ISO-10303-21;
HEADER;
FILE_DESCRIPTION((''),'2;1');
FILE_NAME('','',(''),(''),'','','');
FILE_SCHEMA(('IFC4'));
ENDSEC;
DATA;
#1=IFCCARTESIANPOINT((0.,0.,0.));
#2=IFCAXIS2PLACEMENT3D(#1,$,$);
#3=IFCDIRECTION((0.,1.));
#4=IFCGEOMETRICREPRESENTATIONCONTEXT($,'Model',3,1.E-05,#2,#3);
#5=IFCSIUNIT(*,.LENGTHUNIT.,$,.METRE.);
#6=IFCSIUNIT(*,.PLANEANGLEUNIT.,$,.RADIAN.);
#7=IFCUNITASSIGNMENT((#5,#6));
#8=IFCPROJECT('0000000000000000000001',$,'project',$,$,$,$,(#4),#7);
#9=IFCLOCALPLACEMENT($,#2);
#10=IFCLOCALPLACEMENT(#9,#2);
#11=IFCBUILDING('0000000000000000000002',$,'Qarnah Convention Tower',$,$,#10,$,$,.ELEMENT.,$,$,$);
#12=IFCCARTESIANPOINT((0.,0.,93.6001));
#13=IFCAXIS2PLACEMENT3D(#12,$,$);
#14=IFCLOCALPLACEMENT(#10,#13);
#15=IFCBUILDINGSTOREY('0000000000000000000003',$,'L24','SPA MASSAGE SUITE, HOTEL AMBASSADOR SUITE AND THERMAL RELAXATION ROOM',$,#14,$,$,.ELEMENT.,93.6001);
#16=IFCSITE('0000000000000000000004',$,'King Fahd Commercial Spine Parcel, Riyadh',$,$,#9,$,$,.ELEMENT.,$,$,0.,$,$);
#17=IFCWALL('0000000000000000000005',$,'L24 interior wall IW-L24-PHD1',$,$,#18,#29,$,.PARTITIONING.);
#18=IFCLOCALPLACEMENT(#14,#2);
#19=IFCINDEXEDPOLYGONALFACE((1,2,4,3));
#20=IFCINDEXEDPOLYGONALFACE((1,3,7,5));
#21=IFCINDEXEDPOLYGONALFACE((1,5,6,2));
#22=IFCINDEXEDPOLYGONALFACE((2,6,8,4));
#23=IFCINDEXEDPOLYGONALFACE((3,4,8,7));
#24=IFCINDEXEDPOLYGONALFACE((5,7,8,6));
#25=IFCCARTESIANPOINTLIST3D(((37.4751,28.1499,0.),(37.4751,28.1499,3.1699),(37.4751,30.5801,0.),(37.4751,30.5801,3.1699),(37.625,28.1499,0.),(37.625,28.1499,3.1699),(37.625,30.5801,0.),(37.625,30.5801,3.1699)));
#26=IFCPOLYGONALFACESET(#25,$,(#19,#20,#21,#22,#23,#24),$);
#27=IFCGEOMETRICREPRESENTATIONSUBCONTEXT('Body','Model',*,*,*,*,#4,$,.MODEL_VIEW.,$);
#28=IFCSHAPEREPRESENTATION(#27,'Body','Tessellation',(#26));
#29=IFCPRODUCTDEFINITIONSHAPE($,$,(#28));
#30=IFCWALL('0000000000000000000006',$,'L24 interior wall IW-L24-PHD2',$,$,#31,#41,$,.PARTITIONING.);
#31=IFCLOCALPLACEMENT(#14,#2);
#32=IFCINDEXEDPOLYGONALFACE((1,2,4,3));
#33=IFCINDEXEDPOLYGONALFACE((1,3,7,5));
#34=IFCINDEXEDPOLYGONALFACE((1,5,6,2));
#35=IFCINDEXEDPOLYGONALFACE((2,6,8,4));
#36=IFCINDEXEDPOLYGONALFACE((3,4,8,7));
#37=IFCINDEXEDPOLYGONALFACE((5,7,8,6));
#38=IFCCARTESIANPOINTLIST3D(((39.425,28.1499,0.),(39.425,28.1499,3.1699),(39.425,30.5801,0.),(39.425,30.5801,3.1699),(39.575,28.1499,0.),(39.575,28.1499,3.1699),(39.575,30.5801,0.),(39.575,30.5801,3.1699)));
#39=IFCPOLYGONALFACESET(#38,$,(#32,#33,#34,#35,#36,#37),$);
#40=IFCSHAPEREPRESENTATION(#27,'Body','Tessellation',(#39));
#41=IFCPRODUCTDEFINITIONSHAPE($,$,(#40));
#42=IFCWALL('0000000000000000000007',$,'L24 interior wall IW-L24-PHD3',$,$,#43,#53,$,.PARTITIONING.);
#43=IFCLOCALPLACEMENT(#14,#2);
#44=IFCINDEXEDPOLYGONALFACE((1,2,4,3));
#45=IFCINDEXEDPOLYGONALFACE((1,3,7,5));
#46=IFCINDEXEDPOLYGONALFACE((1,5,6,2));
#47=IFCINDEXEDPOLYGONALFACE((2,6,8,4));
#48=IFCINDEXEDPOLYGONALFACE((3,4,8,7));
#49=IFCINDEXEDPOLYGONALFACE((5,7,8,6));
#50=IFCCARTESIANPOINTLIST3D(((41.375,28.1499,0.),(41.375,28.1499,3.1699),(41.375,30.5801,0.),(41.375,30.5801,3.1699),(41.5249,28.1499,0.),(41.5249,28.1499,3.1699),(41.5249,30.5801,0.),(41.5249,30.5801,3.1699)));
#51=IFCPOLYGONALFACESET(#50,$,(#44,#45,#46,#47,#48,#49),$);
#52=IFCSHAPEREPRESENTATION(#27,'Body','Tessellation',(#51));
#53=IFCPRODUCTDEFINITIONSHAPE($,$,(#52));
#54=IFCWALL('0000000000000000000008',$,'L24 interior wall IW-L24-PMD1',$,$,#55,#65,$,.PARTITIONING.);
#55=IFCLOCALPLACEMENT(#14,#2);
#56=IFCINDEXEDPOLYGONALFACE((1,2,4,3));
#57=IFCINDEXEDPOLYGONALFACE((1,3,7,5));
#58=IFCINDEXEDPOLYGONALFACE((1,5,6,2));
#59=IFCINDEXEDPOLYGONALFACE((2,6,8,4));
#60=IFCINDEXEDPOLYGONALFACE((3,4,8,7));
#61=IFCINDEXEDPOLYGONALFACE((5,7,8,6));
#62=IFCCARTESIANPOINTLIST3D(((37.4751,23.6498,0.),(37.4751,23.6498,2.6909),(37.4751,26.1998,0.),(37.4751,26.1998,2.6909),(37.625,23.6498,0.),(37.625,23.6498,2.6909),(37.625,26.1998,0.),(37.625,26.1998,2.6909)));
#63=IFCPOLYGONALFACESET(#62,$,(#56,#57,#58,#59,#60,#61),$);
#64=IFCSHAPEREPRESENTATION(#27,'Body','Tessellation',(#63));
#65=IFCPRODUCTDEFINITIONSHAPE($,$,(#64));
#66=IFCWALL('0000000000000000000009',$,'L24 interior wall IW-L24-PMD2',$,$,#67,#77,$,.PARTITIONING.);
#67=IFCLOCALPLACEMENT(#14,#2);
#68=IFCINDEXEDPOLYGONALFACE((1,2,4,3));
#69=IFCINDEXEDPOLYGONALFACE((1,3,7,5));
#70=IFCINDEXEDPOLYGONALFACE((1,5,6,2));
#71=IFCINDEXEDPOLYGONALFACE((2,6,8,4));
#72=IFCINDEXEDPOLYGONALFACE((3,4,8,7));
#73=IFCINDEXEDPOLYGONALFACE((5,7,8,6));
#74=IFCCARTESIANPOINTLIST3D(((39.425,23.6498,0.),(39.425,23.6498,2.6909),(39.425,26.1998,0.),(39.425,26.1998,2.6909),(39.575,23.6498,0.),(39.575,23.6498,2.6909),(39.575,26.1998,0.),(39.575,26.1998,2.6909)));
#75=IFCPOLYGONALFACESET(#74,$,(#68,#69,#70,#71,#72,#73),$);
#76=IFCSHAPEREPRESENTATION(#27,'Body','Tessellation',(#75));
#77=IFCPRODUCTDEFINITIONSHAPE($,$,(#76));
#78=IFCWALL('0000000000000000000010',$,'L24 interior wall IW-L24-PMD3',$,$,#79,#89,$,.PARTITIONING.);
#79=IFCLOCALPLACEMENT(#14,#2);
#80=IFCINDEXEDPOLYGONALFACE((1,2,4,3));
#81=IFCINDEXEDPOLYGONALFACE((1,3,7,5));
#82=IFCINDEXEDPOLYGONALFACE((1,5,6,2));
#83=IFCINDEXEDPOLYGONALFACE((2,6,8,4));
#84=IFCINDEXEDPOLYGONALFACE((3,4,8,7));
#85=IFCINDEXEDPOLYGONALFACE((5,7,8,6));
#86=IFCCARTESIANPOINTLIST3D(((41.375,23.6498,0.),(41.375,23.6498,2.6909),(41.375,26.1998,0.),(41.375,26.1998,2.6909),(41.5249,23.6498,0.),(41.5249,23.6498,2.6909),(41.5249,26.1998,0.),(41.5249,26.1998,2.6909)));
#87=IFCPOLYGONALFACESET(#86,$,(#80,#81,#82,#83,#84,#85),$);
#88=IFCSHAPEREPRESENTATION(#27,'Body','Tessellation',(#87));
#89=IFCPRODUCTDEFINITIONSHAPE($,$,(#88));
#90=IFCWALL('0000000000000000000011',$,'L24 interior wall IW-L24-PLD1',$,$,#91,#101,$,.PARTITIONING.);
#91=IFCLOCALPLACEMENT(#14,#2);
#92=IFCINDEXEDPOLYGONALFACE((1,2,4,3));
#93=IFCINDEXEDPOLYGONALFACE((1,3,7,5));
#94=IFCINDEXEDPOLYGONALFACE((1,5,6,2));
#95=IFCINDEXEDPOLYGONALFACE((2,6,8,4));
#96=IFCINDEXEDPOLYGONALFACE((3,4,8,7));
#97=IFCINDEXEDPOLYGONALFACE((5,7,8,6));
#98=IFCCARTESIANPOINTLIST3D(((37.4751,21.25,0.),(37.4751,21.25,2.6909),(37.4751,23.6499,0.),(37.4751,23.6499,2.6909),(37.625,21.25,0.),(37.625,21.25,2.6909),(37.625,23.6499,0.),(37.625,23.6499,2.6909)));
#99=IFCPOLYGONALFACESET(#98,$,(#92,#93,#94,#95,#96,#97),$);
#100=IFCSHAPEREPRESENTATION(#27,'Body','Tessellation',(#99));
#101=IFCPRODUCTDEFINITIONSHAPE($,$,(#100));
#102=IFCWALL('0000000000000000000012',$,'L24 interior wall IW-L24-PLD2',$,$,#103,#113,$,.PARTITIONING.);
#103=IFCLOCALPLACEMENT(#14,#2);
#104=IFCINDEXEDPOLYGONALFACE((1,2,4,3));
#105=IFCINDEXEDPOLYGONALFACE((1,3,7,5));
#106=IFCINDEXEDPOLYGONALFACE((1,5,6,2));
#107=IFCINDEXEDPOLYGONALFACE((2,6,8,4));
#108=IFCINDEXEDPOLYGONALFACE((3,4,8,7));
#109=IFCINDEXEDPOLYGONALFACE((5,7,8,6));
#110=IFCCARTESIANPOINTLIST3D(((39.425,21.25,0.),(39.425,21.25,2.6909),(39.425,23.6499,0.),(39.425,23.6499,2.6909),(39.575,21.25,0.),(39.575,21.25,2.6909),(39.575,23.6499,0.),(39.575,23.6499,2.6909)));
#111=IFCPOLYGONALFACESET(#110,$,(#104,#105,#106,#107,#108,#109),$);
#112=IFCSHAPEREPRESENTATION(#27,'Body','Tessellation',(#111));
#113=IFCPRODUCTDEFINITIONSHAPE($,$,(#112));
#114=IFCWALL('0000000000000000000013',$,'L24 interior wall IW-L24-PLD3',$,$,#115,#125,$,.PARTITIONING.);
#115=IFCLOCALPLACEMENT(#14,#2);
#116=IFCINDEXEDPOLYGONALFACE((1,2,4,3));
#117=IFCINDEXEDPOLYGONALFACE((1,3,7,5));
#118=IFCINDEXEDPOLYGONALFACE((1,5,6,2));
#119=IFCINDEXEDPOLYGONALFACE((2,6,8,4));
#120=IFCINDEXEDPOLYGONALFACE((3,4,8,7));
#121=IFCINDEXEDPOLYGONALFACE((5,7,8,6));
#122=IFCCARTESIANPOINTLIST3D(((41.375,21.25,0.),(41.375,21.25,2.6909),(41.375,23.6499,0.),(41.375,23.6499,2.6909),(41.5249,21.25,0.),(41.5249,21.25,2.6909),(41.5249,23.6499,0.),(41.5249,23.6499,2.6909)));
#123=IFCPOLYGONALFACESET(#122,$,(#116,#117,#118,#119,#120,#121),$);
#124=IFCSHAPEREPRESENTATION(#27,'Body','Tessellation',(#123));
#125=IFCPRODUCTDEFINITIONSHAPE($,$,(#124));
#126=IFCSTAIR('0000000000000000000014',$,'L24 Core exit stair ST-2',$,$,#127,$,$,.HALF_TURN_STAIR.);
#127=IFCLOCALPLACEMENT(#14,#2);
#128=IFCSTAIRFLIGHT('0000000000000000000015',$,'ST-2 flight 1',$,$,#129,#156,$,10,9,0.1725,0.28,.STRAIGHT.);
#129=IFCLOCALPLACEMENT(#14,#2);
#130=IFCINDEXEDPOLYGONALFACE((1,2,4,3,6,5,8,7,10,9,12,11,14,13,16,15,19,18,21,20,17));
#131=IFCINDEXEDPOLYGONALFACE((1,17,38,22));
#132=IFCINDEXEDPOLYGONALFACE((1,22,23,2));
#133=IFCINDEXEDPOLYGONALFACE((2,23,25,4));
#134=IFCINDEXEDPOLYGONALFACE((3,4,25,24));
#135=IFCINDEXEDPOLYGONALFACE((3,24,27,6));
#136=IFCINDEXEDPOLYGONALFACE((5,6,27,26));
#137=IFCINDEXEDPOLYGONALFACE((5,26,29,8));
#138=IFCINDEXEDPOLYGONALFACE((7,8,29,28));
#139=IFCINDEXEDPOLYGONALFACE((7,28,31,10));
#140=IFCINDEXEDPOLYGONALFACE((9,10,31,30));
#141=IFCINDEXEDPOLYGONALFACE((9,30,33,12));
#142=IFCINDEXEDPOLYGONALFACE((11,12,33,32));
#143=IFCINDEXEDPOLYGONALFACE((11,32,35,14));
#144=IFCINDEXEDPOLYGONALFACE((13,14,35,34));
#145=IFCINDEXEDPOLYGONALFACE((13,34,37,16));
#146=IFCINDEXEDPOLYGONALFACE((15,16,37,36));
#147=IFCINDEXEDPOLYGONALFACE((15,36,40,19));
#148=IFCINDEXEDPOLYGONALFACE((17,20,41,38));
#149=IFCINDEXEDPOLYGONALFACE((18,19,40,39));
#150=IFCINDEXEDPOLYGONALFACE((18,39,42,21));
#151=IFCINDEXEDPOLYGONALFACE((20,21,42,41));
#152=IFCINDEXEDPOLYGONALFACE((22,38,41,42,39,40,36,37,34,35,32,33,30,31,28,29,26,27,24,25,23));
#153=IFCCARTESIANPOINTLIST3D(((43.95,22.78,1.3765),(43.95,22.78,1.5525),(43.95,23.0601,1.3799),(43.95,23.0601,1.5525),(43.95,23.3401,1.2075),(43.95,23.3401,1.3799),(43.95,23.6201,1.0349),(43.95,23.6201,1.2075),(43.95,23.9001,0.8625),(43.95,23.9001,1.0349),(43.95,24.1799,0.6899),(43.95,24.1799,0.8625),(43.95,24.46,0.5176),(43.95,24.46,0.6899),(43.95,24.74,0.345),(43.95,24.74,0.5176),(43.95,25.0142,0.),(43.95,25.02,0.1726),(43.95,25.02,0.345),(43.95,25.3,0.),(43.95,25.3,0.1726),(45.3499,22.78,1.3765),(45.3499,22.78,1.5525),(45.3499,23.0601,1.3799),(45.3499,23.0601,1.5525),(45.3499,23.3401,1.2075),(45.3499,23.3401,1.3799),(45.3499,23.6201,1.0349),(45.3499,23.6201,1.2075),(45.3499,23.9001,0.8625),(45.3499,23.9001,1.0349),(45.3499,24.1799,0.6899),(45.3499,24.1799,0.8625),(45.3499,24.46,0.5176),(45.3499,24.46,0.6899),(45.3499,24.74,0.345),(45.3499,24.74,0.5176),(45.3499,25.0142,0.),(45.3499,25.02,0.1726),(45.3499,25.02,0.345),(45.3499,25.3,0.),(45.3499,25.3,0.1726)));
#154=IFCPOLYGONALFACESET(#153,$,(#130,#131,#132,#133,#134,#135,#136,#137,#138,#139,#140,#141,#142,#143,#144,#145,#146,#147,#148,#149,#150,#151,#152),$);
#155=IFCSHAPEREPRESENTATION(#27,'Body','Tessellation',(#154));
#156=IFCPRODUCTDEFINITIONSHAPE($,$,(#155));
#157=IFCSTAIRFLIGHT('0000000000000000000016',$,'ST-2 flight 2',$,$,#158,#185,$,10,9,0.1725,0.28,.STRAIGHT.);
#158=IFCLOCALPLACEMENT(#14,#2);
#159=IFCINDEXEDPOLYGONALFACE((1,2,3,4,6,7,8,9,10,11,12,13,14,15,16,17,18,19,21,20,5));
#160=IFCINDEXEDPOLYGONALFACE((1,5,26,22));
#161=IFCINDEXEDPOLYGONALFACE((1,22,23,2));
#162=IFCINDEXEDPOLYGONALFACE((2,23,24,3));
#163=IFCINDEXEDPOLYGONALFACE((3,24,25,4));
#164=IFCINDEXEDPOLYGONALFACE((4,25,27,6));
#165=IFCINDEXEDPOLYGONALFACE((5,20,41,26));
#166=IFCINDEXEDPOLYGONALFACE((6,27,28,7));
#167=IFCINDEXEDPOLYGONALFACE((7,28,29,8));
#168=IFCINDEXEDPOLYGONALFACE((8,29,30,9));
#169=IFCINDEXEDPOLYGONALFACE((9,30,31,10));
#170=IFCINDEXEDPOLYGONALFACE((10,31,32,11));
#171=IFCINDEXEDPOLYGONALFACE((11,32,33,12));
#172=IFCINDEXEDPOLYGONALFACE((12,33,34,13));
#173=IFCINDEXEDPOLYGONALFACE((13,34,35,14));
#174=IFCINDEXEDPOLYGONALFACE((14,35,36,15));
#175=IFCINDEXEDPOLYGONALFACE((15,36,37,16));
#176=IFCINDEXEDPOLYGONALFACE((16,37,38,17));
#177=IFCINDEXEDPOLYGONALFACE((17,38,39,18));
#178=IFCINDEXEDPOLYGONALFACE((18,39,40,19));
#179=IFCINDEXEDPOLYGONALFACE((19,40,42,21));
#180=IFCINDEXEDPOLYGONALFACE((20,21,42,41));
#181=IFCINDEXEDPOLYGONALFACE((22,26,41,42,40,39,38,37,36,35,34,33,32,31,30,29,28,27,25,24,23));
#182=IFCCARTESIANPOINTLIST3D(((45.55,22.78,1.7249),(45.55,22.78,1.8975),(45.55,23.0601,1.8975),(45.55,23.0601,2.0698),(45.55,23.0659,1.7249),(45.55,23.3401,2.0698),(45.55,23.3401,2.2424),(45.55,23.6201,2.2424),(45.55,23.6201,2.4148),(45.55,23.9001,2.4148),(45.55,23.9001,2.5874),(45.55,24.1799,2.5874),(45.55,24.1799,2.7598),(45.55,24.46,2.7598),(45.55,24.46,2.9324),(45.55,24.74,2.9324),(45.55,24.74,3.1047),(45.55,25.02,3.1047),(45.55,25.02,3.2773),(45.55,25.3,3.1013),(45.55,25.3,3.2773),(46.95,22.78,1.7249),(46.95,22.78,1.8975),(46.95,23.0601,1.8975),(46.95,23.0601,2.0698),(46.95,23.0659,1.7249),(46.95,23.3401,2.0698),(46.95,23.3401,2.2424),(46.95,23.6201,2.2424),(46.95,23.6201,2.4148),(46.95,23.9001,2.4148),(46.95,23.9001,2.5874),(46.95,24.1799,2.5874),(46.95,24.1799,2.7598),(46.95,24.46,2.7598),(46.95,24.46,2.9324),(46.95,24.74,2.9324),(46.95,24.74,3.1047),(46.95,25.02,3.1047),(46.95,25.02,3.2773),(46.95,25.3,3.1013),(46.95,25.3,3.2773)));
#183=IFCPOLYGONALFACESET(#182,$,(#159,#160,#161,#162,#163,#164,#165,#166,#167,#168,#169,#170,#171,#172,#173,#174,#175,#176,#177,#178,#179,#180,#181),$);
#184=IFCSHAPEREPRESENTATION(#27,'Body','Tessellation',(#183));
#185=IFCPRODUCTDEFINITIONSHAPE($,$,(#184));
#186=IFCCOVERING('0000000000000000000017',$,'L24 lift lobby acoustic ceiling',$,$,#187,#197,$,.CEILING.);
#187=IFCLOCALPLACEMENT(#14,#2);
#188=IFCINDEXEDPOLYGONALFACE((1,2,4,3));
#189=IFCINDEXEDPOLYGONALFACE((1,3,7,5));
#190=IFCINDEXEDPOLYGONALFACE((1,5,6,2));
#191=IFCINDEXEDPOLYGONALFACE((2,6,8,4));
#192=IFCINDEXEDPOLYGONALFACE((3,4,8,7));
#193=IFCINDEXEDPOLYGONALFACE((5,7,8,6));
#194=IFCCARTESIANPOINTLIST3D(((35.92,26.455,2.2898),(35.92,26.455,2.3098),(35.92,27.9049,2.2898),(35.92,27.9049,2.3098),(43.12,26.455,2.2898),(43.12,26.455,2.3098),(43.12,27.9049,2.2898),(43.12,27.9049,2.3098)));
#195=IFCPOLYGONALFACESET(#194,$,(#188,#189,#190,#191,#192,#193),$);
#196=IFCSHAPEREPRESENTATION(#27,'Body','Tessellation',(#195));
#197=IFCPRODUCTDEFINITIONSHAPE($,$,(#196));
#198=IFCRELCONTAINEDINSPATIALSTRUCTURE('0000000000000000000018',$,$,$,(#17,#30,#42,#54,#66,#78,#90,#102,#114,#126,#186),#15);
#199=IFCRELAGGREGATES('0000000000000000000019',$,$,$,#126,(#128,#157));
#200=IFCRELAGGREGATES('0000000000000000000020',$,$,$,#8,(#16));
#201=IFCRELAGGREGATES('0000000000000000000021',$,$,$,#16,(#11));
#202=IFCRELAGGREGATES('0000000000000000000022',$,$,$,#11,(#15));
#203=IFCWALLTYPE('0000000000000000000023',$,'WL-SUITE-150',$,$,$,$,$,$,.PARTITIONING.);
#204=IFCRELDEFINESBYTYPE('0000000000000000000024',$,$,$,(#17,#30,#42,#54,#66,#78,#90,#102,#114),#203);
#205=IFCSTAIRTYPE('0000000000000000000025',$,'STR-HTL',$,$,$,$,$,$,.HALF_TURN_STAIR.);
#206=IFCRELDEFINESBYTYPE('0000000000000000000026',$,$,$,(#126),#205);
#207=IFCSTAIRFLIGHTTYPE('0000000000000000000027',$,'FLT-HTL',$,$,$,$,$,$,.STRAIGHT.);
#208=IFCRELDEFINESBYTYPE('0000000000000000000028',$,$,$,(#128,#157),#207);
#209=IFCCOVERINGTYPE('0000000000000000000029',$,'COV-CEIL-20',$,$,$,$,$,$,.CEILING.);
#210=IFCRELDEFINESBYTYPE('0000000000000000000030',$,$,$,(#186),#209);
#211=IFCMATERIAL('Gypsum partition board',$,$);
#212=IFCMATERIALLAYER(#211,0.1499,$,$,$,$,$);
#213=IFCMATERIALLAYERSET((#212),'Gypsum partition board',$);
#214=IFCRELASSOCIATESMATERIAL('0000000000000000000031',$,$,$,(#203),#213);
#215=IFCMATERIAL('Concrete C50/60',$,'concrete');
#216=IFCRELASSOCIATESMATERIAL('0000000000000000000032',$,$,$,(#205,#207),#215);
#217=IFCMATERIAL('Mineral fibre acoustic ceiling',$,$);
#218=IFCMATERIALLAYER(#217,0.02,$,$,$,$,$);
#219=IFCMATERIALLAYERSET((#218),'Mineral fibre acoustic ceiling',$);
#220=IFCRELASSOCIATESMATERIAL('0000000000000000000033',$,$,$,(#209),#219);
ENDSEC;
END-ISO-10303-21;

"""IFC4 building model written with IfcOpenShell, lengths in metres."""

from ifc_helpers import new_model, si_unit, direction, frame, frame_2d, origin, origin_2d, place, context, subcontext, project, spatial, polyline, rectangle, outline, extrude, material, layer, layer_set, type_object, element, aggregate, save


model = new_model("IFC4")

# Units and contexts
model_context = context("Model", 3, precision=1e-05, world=origin(), true_north=direction((0.0, 1.0)))
body_context = subcontext(model_context, "Body", "Model", "MODEL_VIEW")
ifc_project = project(units=[si_unit("LENGTHUNIT", "METRE"), si_unit("PLANEANGLEUNIT", "RADIAN")], contexts=[model_context])

# Site, building, storey
site_placement = place(None, origin())
site = spatial("IfcSite", under=ifc_project, at=site_placement, Name="King Fahd Commercial Spine Parcel, Riyadh", CompositionType="ELEMENT", RefElevation=0.0)
building_placement = place(site_placement, origin())
building = spatial("IfcBuilding", under=site, at=building_placement, Name="Qarnah Convention Tower", CompositionType="ELEMENT")
storey_placement = place(building_placement, frame((0.0, 0.0, 93.6001)))
storey = spatial("IfcBuildingStorey", under=building, at=storey_placement, Name="L24", Description="SPA MASSAGE SUITE, HOTEL AMBASSADOR SUITE AND THERMAL RELAXATION ROOM", CompositionType="ELEMENT", Elevation=93.6001)

# Walls
ifc_material_1 = material(Name="Gypsum partition board")
ifc_layer_1 = layer(ifc_material_1, 0.1499)
ifc_layer_set_1 = layer_set([ifc_layer_1], Name="Gypsum partition board")
wall_type_1 = type_object("IfcWallType", Name="WL-SUITE-150", PredefinedType="PARTITIONING", material=ifc_layer_set_1)
for number, where, z_axis, x_axis, name in (
    (1, (37.55, 28.1499, 0.0), (0.0, 0.0, 1.0), (0.0, 1.0, 0.0), "L24 interior wall IW-L24-PHD1"),
    (2, (39.5, 28.1499, 0.0), (0.0, 0.0, 1.0), (0.0, 1.0, 0.0), "L24 interior wall IW-L24-PHD2"),
    (3, (41.45, 28.1499, 0.0), (0.0, 0.0, 1.0), (0.0, 1.0, 0.0), "L24 interior wall IW-L24-PHD3"),
):
    element("IfcWall", number, at=place(storey_placement, frame(where, z_axis=z_axis, x_axis=x_axis)), inside=storey, type_object=wall_type_1, Name=name, PredefinedType="PARTITIONING", context=body_context, shape_type="SweptSolid", body=[
        extrude(rectangle(XDim=2.4302, YDim=0.1499, at=frame_2d((1.2151, 0.0))), origin(), (0.0, 0.0, 1.0), 3.1699),
    ])
for number, where, z_axis, x_axis, name in (
    (4, (37.55, 23.6499, 0.0), (0.0, 0.0, 1.0), (0.0, 1.0, 0.0), "L24 interior wall IW-L24-PMD1"),
    (5, (39.5, 23.6499, 0.0), (0.0, 0.0, 1.0), (0.0, 1.0, 0.0), "L24 interior wall IW-L24-PMD2"),
    (6, (41.45, 23.6499, 0.0), (0.0, 0.0, 1.0), (0.0, 1.0, 0.0), "L24 interior wall IW-L24-PMD3"),
):
    element("IfcWall", number, at=place(storey_placement, frame(where, z_axis=z_axis, x_axis=x_axis)), inside=storey, type_object=wall_type_1, Name=name, PredefinedType="PARTITIONING", context=body_context, shape_type="SweptSolid", body=[
        extrude(rectangle(XDim=2.55, YDim=0.1499, at=frame_2d((1.2749, 0.0))), origin(), (0.0, 0.0, 1.0), 2.6909),
    ])
for number, where, z_axis, x_axis, name in (
    (7, (37.55, 21.25, 0.0), (0.0, 0.0, 1.0), (0.0, 1.0, 0.0), "L24 interior wall IW-L24-PLD1"),
    (8, (39.5, 21.25, 0.0), (0.0, 0.0, 1.0), (0.0, 1.0, 0.0), "L24 interior wall IW-L24-PLD2"),
    (9, (41.45, 21.25, 0.0), (0.0, 0.0, 1.0), (0.0, 1.0, 0.0), "L24 interior wall IW-L24-PLD3"),
):
    element("IfcWall", number, at=place(storey_placement, frame(where, z_axis=z_axis, x_axis=x_axis)), inside=storey, type_object=wall_type_1, Name=name, PredefinedType="PARTITIONING", context=body_context, shape_type="SweptSolid", body=[
        extrude(rectangle(XDim=2.3999, YDim=0.1499, at=frame_2d((1.2, 0.0))), origin(), (0.0, 0.0, 1.0), 2.6909),
    ])

# Stair, stair flights
ifc_material_2 = material(Name="Concrete C50/60", Category="concrete")
stair_type = type_object("IfcStairType", Name="STR-HTL", PredefinedType="HALF_TURN_STAIR", material=ifc_material_2)
stair_placement = place(storey_placement, origin())
stair = element("IfcStair", 10, at=stair_placement, inside=storey, type_object=stair_type, Name="L24 Core exit stair ST-2", PredefinedType="HALF_TURN_STAIR")
stair_flight_type = type_object("IfcStairFlightType", Name="FLT-HTL", PredefinedType="STRAIGHT", material=ifc_material_2)
stair_flight_1_placement = place(storey_placement, frame((44.6499, 25.3, 0.0), z_axis=(0.0, 0.0, 1.0), x_axis=(0.0, -1.0, 0.0)))
stair_flight_1 = element("IfcStairFlight", 11, at=stair_flight_1_placement, type_object=stair_flight_type, Name="ST-2 flight 1", NumberOfRisers=10, NumberOfTreads=9, PredefinedType="STRAIGHT", RiserHeight=0.1725, TreadLength=0.28, context=body_context, shape_type="SweptSolid", body=[
    extrude(outline(polyline([(0.0, 0.0), (0.0, 0.1726), (0.28, 0.1726), (0.28, 0.345), (0.5601, 0.345), (0.5601, 0.5176), (0.8401, 0.5176), (0.8401, 0.6899), (1.1201, 0.6899), (1.1201, 0.8625), (1.3999, 0.8625), (1.3999, 1.0349), (1.6799, 1.0349), (1.6799, 1.2075), (1.96, 1.2075), (1.96, 1.3799), (2.24, 1.3799), (2.24, 1.5525), (2.52, 1.5525), (2.52, 1.7251), (2.52, 1.3765), (0.2859, 0.0), (0.0, 0.0)])), frame((0.0, 0.7, 0.0), z_axis=(0.0, -1.0, 0.0), x_axis=(1.0, 0.0, 0.0)), (0.0, 0.0, 1.0), 1.3999),
])
stair_flight_2_placement = place(storey_placement, frame((46.25, 22.78, 1.7249), z_axis=(0.0, 0.0, 1.0), x_axis=(0.0, 1.0, 0.0)))
stair_flight_2 = element("IfcStairFlight", 12, at=stair_flight_2_placement, type_object=stair_flight_type, Name="ST-2 flight 2", NumberOfRisers=10, NumberOfTreads=9, PredefinedType="STRAIGHT", RiserHeight=0.1725, TreadLength=0.28, context=body_context, shape_type="SweptSolid", body=[
    extrude(outline(polyline([(0.0, 0.0), (0.0, 0.1726), (0.28, 0.1726), (0.28, 0.345), (0.5601, 0.345), (0.5601, 0.5176), (0.8401, 0.5176), (0.8401, 0.6899), (1.1201, 0.6899), (1.1201, 0.8625), (1.3999, 0.8625), (1.3999, 1.0349), (1.6799, 1.0349), (1.6799, 1.2075), (1.96, 1.2075), (1.96, 1.3799), (2.24, 1.3799), (2.24, 1.5525), (2.52, 1.5525), (2.52, 1.7251), (2.52, 1.3765), (0.2859, 0.0), (0.0, 0.0)])), frame((0.0, 0.7, 0.0), z_axis=(0.0, -1.0, 0.0), x_axis=(1.0, 0.0, 0.0)), (0.0, 0.0, 1.0), 1.3999),
])
aggregate(stair, [stair_flight_1, stair_flight_2])

# Covering
ifc_material_3 = material(Name="Mineral fibre acoustic ceiling")
ifc_layer_2 = layer(ifc_material_3, 0.02)
ifc_layer_set_2 = layer_set([ifc_layer_2], Name="Mineral fibre acoustic ceiling")
covering_type = type_object("IfcCoveringType", Name="COV-CEIL-20", PredefinedType="CEILING", material=ifc_layer_set_2)
covering_placement = place(storey_placement, frame((39.52, 27.1799, 2.2898), z_axis=(0.0, 0.0, 1.0), x_axis=(1.0, 0.0, 0.0)))
element("IfcCovering", 13, at=covering_placement, inside=storey, type_object=covering_type, Name="L24 lift lobby acoustic ceiling", PredefinedType="CEILING", context=body_context, shape_type="SweptSolid", body=[
    extrude(rectangle(XDim=7.2, YDim=1.45, at=origin_2d()), origin(), (0.0, 0.0, 1.0), 0.02),
])

save(model, "model.ifc")
